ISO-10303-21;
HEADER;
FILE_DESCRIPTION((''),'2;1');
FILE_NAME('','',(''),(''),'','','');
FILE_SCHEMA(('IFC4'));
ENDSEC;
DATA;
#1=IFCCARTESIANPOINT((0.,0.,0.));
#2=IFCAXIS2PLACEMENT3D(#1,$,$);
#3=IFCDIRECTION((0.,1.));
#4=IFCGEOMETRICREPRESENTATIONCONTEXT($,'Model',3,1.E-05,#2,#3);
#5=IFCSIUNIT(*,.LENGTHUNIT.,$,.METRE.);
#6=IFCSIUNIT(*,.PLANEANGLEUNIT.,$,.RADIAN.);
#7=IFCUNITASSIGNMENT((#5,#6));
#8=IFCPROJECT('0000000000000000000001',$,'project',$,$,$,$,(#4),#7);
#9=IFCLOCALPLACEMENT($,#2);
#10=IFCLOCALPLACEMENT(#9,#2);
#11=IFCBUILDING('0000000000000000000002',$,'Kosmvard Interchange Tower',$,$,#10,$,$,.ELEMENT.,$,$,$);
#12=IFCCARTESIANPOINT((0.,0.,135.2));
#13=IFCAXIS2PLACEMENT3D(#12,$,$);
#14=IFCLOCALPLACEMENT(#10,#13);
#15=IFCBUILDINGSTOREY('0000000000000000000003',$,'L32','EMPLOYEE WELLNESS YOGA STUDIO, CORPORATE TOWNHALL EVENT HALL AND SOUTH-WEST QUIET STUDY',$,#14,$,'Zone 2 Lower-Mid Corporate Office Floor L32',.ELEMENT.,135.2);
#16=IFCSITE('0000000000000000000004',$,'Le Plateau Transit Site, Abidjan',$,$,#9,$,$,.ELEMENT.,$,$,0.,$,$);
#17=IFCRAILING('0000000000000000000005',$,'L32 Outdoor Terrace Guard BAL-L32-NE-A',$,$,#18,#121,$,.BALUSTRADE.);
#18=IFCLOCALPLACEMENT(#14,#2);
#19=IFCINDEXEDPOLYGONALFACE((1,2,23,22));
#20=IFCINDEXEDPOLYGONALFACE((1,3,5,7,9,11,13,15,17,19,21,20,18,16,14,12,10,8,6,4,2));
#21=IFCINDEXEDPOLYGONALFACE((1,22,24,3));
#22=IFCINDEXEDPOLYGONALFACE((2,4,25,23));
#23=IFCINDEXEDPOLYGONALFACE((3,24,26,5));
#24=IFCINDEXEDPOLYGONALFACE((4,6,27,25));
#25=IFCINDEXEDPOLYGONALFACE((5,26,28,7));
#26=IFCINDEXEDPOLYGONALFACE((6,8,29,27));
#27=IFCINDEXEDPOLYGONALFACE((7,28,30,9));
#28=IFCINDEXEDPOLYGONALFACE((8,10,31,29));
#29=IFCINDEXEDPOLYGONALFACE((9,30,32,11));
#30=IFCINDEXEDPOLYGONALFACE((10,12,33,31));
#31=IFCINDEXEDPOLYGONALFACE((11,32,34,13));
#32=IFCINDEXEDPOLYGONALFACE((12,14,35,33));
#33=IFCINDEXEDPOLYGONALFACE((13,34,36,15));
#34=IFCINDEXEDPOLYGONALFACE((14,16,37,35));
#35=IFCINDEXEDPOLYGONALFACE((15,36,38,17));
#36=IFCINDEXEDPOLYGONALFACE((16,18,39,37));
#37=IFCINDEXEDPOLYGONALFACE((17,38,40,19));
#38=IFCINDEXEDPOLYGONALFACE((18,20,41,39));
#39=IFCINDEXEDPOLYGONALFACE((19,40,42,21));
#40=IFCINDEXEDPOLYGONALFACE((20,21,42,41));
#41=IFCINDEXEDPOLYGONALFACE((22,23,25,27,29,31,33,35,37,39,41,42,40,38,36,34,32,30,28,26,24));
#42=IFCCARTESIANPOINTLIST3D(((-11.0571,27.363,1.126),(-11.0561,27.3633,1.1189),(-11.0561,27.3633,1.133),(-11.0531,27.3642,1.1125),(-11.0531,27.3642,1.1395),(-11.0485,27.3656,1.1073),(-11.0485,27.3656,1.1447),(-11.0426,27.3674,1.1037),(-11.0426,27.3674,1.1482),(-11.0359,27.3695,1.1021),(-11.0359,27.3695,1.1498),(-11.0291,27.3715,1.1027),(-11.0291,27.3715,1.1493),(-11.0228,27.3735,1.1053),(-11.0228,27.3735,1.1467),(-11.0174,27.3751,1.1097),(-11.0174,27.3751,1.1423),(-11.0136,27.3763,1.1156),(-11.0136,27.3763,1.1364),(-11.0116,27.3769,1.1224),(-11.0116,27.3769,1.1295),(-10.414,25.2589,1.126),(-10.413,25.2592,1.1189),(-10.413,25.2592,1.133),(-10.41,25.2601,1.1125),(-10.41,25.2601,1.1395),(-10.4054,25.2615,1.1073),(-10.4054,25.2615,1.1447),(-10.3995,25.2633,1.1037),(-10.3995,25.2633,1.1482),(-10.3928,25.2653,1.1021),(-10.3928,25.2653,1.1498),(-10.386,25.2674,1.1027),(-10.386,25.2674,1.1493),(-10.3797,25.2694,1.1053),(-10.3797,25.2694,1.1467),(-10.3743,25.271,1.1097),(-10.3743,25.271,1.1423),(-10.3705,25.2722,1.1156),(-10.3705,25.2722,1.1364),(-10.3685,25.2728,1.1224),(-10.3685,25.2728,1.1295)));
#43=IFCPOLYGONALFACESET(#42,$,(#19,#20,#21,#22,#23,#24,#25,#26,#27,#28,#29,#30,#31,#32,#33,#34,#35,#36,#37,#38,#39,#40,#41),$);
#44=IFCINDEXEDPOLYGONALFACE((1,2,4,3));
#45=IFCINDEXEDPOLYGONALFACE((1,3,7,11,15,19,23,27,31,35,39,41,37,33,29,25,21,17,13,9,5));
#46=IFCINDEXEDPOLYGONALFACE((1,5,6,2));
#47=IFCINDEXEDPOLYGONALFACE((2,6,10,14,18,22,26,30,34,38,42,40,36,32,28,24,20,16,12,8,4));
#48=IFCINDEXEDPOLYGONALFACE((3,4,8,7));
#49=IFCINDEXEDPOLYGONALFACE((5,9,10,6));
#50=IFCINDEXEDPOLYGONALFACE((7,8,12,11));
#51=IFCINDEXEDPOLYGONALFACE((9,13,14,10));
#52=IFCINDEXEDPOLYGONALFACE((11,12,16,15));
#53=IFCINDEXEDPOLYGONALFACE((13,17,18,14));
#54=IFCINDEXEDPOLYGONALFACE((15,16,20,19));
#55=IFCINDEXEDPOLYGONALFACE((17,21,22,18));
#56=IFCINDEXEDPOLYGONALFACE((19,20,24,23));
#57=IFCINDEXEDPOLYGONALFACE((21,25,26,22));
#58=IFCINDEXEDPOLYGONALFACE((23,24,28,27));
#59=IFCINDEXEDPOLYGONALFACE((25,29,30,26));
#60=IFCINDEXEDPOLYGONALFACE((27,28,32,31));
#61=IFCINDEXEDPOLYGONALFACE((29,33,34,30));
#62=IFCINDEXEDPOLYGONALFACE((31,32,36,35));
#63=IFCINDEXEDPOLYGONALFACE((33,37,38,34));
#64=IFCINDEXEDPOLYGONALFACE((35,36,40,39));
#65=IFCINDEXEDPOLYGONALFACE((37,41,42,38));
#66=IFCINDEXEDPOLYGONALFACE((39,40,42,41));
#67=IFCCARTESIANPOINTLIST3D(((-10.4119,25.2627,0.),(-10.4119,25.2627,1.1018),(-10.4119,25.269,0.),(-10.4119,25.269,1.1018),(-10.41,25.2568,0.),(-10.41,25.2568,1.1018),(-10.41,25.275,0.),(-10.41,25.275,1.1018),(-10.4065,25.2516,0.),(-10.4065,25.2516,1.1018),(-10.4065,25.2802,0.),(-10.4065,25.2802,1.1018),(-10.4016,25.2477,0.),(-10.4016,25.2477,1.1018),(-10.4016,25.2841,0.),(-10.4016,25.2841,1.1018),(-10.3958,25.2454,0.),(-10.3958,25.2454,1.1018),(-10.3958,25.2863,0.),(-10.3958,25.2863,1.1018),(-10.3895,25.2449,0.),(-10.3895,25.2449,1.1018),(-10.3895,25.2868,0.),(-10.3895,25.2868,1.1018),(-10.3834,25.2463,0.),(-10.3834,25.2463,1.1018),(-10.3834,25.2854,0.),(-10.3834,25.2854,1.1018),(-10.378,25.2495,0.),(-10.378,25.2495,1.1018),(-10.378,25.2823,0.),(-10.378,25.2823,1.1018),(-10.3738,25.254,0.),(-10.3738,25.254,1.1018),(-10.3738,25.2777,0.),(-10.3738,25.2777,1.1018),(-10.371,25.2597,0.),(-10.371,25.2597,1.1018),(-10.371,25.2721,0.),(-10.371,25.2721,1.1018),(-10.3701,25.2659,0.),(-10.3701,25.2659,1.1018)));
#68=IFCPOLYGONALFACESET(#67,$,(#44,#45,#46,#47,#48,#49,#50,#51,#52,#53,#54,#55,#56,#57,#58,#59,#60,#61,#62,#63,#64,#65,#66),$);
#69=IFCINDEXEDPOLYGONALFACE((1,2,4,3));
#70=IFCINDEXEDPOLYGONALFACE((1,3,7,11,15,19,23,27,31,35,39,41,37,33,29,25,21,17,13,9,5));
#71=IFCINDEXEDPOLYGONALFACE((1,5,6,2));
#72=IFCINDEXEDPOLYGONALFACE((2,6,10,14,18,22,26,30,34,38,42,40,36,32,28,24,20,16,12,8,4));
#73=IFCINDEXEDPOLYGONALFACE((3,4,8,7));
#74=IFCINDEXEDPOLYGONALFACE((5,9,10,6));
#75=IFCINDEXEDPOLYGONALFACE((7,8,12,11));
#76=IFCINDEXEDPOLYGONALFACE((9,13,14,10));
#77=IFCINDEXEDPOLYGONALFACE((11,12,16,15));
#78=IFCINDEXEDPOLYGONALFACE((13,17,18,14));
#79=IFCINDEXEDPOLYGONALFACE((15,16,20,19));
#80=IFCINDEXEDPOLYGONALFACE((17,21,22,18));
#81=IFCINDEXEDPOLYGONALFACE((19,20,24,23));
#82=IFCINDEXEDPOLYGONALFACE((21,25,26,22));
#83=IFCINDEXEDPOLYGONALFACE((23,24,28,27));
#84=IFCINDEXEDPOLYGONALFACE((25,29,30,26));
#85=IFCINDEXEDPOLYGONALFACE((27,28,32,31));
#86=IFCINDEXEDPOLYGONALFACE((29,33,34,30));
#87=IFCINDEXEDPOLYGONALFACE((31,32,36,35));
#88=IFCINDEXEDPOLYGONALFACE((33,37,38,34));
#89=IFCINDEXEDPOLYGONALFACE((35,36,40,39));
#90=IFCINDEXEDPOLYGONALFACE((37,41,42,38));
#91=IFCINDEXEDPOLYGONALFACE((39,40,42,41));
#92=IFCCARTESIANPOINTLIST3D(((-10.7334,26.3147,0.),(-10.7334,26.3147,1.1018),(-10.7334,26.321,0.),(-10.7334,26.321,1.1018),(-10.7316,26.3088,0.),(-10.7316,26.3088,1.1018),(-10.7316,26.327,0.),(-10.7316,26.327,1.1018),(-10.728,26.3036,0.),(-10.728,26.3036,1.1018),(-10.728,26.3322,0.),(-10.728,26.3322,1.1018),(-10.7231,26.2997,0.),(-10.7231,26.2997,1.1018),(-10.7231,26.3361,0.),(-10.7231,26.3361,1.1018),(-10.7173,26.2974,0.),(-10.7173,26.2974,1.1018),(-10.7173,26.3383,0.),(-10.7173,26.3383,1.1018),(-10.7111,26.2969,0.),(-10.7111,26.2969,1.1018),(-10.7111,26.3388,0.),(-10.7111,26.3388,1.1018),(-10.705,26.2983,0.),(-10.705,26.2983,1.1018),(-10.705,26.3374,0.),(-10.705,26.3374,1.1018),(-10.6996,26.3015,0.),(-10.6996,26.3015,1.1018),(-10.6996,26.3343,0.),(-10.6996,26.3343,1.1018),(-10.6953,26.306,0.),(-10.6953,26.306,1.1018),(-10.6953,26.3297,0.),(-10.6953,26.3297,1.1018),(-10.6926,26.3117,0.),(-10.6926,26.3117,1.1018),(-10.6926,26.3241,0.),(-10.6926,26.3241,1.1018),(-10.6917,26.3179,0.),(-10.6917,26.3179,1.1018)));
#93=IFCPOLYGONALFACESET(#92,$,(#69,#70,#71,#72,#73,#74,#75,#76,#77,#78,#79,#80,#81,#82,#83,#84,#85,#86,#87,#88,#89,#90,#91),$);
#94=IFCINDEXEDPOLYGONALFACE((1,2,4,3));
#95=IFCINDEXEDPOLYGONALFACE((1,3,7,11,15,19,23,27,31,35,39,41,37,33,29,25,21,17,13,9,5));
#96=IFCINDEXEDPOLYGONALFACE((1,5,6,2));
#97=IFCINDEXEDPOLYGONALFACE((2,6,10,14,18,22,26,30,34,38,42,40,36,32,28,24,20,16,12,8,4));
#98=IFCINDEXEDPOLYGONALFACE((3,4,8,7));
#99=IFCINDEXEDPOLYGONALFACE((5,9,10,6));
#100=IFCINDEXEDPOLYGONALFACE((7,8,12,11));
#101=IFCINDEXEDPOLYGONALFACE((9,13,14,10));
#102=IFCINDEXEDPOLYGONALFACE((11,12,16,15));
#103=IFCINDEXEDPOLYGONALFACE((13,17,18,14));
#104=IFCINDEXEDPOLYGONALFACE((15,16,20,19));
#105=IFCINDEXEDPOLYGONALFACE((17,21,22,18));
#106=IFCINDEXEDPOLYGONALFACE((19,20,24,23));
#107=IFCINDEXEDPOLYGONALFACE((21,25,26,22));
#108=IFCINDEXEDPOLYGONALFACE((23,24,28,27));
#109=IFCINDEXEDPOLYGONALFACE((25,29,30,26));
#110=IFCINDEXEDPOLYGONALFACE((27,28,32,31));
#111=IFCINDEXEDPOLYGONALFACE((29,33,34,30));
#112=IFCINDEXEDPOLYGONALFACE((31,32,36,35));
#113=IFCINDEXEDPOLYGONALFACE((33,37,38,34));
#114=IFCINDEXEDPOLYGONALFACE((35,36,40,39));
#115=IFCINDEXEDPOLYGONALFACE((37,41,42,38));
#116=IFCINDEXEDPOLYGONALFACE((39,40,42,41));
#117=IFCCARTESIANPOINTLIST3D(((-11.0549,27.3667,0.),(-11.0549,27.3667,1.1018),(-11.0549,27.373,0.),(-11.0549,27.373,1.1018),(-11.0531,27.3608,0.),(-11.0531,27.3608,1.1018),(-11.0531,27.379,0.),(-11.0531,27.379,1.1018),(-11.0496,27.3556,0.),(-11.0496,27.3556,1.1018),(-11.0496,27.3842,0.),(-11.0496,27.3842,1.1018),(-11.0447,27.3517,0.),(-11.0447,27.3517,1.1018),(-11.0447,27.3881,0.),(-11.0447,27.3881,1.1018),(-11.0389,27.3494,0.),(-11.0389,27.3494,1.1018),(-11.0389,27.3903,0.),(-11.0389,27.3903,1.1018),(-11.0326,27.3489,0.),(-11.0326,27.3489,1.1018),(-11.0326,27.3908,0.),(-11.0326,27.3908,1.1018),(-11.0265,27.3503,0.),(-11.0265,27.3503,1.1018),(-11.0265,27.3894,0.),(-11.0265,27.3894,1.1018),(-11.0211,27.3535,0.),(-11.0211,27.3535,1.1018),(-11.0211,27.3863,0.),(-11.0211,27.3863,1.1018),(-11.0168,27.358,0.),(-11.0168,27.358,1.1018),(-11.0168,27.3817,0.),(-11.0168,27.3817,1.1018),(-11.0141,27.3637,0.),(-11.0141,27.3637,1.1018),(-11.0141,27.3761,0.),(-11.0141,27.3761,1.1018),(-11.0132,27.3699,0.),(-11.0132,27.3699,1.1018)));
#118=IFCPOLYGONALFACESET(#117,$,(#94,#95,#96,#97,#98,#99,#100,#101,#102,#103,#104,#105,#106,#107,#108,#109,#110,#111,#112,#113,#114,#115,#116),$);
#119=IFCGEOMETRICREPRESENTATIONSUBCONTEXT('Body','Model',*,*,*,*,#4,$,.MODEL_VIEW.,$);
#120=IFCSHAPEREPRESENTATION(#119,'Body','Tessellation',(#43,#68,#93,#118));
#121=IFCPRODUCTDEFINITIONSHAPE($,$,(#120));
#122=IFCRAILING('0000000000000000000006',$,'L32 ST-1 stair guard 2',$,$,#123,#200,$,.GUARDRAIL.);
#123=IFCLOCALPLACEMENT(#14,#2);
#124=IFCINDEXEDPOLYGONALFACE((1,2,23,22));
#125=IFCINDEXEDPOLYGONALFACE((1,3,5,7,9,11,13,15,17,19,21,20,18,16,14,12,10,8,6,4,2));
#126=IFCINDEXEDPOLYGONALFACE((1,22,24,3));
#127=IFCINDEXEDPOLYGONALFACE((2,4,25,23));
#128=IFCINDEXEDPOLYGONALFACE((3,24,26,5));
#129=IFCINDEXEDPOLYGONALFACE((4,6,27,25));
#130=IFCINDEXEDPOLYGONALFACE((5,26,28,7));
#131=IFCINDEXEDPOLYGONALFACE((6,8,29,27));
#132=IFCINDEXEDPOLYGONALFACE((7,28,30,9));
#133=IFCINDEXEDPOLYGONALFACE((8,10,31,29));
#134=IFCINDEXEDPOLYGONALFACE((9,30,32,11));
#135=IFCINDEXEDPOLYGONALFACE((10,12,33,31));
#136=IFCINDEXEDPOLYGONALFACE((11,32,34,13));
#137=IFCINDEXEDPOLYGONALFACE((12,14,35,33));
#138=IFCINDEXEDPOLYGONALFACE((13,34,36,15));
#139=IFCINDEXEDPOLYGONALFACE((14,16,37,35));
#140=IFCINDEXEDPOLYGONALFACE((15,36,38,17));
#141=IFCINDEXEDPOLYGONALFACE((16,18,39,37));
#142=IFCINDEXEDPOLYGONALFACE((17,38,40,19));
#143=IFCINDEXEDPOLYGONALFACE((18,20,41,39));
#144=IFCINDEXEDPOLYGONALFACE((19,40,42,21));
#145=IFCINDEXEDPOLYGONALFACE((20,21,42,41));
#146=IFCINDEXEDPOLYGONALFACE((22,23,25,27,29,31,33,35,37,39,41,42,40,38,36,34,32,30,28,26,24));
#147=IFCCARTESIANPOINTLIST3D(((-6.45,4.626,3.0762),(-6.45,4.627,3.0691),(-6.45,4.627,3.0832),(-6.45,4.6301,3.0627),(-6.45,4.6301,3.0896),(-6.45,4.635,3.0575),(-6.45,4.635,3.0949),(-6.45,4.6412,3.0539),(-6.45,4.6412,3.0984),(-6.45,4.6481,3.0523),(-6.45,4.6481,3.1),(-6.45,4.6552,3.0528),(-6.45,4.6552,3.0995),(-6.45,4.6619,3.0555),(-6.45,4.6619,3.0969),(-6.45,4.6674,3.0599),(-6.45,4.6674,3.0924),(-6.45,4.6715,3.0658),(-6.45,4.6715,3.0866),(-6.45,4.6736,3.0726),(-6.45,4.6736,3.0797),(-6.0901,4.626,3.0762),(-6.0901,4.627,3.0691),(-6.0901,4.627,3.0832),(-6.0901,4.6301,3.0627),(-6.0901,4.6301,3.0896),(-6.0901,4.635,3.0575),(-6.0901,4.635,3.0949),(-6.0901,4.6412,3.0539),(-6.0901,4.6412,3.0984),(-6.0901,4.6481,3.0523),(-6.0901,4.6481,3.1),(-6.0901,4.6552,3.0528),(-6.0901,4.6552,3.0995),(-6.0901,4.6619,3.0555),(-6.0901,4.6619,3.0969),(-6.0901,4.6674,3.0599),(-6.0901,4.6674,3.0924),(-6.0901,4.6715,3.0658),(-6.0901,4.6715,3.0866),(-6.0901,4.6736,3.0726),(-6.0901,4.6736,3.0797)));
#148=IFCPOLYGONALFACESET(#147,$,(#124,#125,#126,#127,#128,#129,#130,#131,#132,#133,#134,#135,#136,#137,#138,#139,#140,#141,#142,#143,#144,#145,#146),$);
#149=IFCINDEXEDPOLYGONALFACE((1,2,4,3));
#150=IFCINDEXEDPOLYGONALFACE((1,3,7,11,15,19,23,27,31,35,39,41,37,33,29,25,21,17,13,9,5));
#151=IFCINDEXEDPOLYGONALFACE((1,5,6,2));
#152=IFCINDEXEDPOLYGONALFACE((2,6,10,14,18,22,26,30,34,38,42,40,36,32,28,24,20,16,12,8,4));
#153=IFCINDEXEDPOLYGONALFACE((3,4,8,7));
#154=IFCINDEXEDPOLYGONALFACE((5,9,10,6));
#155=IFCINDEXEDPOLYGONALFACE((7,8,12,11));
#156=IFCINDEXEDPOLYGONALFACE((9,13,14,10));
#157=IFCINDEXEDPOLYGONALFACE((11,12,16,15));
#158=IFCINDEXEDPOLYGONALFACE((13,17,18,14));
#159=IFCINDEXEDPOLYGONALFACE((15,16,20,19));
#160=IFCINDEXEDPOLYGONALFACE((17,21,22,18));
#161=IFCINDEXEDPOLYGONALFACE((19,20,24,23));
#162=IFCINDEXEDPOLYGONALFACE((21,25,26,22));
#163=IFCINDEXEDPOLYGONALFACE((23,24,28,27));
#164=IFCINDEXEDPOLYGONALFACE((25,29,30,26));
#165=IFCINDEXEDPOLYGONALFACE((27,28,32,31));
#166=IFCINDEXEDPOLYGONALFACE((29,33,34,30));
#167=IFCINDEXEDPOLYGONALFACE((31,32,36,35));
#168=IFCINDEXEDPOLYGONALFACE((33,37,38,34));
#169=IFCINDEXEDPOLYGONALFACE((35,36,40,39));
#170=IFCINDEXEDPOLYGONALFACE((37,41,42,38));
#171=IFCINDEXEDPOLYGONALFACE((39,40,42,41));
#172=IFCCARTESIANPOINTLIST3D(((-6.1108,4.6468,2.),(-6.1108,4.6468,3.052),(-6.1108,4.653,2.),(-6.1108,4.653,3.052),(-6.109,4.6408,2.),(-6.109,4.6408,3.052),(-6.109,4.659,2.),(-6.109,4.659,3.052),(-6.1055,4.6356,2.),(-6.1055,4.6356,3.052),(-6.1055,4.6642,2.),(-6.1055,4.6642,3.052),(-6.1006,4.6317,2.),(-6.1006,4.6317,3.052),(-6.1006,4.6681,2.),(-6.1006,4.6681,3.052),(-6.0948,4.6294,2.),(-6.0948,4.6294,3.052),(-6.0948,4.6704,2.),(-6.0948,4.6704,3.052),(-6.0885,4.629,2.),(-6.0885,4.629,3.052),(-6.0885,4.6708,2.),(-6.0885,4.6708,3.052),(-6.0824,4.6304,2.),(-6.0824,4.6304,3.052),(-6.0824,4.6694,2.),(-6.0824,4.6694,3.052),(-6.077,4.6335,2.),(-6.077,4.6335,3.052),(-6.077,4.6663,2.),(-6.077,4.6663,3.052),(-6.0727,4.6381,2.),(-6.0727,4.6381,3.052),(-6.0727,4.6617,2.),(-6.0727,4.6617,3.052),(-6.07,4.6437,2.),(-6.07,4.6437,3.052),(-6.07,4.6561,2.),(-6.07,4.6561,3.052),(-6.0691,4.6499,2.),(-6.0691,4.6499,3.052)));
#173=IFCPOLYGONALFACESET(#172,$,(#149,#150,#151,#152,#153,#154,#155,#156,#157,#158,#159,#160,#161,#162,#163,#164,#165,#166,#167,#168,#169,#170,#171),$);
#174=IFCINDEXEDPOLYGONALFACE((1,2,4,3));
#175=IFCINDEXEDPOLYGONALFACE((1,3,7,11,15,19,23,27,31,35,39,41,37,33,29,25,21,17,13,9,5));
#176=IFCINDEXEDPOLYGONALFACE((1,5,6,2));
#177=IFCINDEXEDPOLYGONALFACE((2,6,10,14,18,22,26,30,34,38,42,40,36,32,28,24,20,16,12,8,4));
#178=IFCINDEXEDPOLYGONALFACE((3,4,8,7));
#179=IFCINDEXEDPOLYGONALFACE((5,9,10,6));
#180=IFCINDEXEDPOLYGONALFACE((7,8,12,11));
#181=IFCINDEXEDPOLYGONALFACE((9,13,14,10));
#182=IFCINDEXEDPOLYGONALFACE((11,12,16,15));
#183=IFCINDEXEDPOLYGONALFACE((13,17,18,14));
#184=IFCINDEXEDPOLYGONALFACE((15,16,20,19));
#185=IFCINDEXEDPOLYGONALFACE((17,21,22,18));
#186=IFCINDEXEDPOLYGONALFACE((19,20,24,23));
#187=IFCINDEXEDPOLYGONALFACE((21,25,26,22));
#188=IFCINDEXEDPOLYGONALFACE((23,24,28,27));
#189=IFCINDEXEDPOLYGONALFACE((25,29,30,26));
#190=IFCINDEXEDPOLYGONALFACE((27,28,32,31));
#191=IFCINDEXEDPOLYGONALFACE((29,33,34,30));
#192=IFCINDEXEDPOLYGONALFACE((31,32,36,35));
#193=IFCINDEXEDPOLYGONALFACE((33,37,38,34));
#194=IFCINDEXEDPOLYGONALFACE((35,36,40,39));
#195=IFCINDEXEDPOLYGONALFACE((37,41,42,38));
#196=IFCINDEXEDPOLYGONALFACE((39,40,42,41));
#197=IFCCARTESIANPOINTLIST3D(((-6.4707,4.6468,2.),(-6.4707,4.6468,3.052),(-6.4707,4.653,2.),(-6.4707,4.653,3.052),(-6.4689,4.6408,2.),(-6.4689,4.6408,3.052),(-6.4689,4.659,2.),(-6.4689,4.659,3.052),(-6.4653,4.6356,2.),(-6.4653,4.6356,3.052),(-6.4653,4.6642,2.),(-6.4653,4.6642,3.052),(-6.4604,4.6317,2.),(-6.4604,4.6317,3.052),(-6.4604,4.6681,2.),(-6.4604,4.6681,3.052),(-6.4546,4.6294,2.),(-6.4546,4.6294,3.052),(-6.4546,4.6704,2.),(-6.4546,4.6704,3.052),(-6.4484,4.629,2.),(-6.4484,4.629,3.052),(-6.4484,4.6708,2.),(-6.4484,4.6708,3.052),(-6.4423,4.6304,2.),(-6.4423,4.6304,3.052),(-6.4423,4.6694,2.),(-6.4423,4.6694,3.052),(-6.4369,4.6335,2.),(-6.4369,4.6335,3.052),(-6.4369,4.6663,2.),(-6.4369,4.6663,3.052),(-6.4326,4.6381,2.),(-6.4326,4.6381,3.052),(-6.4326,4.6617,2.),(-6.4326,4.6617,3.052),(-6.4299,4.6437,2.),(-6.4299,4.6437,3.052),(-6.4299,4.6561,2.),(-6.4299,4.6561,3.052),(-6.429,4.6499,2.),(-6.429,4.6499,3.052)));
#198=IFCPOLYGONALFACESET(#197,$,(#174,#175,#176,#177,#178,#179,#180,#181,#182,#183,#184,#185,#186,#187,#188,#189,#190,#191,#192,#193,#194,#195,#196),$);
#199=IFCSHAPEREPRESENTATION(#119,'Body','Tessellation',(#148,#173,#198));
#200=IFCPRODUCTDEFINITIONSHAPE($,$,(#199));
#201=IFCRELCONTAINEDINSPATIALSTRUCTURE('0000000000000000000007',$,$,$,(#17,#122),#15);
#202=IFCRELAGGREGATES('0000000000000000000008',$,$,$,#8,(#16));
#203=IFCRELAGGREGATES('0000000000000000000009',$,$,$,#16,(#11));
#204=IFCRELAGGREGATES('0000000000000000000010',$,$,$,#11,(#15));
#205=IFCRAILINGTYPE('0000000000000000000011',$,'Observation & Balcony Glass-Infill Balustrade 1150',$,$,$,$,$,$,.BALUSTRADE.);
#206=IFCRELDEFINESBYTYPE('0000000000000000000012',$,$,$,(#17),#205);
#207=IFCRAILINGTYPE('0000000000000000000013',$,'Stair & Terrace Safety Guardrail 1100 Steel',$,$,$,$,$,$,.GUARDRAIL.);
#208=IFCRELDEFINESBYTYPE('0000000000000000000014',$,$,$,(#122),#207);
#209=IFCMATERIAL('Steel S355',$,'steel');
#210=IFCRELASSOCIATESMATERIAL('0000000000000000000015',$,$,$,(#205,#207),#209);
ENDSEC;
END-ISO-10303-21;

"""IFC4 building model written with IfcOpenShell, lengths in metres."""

from ifc_helpers import new_model, si_unit, direction, frame, origin, origin_2d, place, context, subcontext, project, spatial, circle, extrude, source, transform, mapped, material, type_object, element, save


model = new_model("IFC4")

# Units and contexts
model_context = context("Model", 3, precision=1e-05, world=origin(), true_north=direction((0.0, 1.0)))
body_context = subcontext(model_context, "Body", "Model", "MODEL_VIEW")
ifc_project = project(units=[si_unit("LENGTHUNIT", "METRE"), si_unit("PLANEANGLEUNIT", "RADIAN")], contexts=[model_context])

# Site, building, storey
site_placement = place(None, origin())
site = spatial("IfcSite", under=ifc_project, at=site_placement, Name="Le Plateau Transit Site, Abidjan", CompositionType="ELEMENT", RefElevation=0.0)
building_placement = place(site_placement, origin())
building = spatial("IfcBuilding", under=site, at=building_placement, Name="Kosmvard Interchange Tower", CompositionType="ELEMENT")
storey_placement = place(building_placement, frame((0.0, 0.0, 135.2)))
storey = spatial("IfcBuildingStorey", under=building, at=storey_placement, Name="L32", Description="EMPLOYEE WELLNESS YOGA STUDIO, CORPORATE TOWNHALL EVENT HALL AND SOUTH-WEST QUIET STUDY", LongName="Zone 2 Lower-Mid Corporate Office Floor L32", CompositionType="ELEMENT", Elevation=135.2)

# Shared definitions
ifc_material_1 = material(Name="Steel S355", Category="steel")

# Railings
railing_type_1 = type_object("IfcRailingType", Name="Observation & Balcony Glass-Infill Balustrade 1150", PredefinedType="BALUSTRADE", material=ifc_material_1)
shared_shape_1 = source(origin(), body_context, "Body", "SweptSolid", [
    extrude(circle(Radius=0.0239, at=origin_2d()), frame((0.0, 0.0, 1.126), z_axis=(-0.292292, 0.956329, 0.0), x_axis=(-0.956329, -0.292292, 0.0)), (0.0, 0.0, 1.0), 2.2002),
    extrude(circle(Radius=0.021, at=origin_2d()), origin(), (0.0, 0.0, 1.0), 1.1018),
    extrude(circle(Radius=0.021, at=origin_2d()), frame((-0.3215, 1.052, 0.0)), (0.0, 0.0, 1.0), 1.1018),
    extrude(circle(Radius=0.021, at=origin_2d()), frame((-0.6431, 2.104, 0.0)), (0.0, 0.0, 1.0), 1.1018),
])
railing_1_placement = place(storey_placement, frame((-10.3911, 25.2659, 0.0)))
element("IfcRailing", 1, at=railing_1_placement, inside=storey, type_object=railing_type_1, Name="L32 Outdoor Terrace Guard BAL-L32-NE-A", PredefinedType="BALUSTRADE", context=body_context, shape_type="MappedRepresentation", body=[
    mapped(shared_shape_1, transform((0.0, 0.0, 0.0), scale=1.0)),
])
railing_type_2 = type_object("IfcRailingType", Name="Stair & Terrace Safety Guardrail 1100 Steel", PredefinedType="GUARDRAIL", material=ifc_material_1)
shared_shape_2 = source(origin(), body_context, "Body", "SweptSolid", [
    extrude(circle(Radius=0.0239, at=origin_2d()), frame((0.0, 0.0, 1.0762), z_axis=(-1.0, 0.0, 0.0), x_axis=(0.0, -1.0, 0.0)), (0.0, 0.0, 1.0), 0.3599),
    extrude(circle(Radius=0.021, at=origin_2d()), origin(), (0.0, 0.0, 1.0), 1.052),
    extrude(circle(Radius=0.021, at=origin_2d()), frame((-0.3599, 0.0, 0.0)), (0.0, 0.0, 1.0), 1.052),
])
railing_2_placement = place(storey_placement, frame((-6.0901, 4.6499, 2.0)))
element("IfcRailing", 2, at=railing_2_placement, inside=storey, type_object=railing_type_2, Name="L32 ST-1 stair guard 2", PredefinedType="GUARDRAIL", context=body_context, shape_type="MappedRepresentation", body=[
    mapped(shared_shape_2, transform((0.0, 0.0, 0.0), scale=1.0)),
])

save(model, "model.ifc")
